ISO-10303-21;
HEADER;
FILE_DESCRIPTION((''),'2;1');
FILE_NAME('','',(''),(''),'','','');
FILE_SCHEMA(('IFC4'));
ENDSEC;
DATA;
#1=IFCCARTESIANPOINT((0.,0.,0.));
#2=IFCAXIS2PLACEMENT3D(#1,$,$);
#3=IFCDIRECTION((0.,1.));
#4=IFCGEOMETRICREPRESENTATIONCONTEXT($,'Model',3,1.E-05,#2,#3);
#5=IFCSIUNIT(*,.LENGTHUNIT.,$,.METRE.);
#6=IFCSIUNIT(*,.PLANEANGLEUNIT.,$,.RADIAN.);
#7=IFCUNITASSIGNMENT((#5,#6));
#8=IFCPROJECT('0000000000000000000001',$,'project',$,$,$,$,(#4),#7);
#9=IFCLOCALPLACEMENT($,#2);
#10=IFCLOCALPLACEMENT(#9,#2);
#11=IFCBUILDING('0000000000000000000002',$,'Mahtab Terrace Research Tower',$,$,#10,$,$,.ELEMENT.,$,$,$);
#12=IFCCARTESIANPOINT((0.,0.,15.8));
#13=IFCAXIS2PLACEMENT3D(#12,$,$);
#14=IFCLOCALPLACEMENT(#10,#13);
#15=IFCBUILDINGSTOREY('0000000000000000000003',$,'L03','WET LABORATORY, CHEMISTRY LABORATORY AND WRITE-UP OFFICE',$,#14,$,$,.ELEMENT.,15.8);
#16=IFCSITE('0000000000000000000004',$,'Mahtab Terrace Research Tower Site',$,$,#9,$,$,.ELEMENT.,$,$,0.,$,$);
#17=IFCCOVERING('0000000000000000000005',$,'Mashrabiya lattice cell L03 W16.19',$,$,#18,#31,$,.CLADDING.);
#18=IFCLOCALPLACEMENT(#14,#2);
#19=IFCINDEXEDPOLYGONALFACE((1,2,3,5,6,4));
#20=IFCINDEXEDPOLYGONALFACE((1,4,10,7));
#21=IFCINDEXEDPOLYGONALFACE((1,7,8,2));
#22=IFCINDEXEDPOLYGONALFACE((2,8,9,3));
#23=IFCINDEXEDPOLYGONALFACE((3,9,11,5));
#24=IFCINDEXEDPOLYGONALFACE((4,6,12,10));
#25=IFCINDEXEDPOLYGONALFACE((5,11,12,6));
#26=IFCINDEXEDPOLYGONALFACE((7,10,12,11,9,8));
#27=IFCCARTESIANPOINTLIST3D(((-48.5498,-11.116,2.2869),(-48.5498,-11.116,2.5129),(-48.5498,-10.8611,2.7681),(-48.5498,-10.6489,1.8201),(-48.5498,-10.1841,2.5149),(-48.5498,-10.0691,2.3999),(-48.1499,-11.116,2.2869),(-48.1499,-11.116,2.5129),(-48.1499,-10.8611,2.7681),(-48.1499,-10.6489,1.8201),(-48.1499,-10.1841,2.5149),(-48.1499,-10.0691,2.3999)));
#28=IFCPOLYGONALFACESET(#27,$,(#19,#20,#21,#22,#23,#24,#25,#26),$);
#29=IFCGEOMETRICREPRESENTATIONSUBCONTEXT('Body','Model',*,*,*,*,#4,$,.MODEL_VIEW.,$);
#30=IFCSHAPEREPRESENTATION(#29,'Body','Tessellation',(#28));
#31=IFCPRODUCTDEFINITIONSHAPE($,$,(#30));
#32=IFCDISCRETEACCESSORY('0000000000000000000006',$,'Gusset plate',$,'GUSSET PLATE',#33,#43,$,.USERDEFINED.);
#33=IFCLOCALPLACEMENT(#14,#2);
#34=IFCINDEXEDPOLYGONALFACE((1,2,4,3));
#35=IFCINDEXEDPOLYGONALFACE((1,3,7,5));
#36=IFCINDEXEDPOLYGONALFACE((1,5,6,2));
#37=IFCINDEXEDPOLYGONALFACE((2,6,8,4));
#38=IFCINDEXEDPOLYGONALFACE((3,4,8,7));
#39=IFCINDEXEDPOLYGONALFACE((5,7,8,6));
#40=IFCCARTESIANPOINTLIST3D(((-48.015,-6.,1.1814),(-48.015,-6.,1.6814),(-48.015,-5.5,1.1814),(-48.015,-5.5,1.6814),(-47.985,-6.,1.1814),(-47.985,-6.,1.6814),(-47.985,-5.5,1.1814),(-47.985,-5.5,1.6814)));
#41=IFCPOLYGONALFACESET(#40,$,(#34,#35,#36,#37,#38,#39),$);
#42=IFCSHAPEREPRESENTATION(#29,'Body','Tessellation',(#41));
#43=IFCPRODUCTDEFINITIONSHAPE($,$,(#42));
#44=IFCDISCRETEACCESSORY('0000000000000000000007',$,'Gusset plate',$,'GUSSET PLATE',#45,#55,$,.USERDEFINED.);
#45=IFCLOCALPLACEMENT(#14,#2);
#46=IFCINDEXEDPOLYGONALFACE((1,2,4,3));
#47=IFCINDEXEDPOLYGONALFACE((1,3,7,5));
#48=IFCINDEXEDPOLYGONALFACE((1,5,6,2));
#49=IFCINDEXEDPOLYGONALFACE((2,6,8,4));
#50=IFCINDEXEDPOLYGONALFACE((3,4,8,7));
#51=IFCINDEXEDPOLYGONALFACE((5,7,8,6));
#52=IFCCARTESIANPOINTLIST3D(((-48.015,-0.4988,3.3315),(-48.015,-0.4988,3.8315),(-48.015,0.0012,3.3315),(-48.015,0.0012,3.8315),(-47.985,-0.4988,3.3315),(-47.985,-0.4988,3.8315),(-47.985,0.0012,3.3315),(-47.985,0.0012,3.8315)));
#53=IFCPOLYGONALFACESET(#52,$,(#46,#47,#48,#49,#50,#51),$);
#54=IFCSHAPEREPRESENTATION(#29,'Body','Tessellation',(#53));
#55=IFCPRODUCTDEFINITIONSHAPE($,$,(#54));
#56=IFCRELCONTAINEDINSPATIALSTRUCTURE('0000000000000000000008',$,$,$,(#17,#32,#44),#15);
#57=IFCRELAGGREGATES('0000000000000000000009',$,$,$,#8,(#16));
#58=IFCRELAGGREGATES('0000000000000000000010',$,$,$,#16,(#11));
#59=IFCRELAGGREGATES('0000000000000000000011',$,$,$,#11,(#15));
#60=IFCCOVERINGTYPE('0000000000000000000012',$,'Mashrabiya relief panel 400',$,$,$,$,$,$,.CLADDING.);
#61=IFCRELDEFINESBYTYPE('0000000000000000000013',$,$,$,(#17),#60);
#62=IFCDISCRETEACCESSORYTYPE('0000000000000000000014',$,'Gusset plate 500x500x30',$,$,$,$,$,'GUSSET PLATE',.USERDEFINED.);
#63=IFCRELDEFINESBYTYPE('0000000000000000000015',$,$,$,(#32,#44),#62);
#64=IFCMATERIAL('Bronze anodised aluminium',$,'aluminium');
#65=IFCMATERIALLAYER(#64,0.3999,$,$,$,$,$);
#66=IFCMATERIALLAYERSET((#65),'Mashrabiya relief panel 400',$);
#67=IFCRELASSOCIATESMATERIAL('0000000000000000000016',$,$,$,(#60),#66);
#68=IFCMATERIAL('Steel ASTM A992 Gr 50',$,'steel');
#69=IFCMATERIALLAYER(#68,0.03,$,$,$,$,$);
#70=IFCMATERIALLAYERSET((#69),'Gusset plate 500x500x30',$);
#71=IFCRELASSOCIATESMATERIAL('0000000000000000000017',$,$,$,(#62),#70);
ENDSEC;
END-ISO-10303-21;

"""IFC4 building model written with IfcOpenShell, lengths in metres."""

from ifc_helpers import new_model, si_unit, direction, frame, origin, origin_2d, place, context, subcontext, project, spatial, polyline, rectangle, outline, extrude, material, layer, layer_set, type_object, element, save


model = new_model("IFC4")

# Units and contexts
model_context = context("Model", 3, precision=1e-05, world=origin(), true_north=direction((0.0, 1.0)))
body_context = subcontext(model_context, "Body", "Model", "MODEL_VIEW")
ifc_project = project(units=[si_unit("LENGTHUNIT", "METRE"), si_unit("PLANEANGLEUNIT", "RADIAN")], contexts=[model_context])

# Site, building, storey
site_placement = place(None, origin())
site = spatial("IfcSite", under=ifc_project, at=site_placement, Name="Mahtab Terrace Research Tower Site", CompositionType="ELEMENT", RefElevation=0.0)
building_placement = place(site_placement, origin())
building = spatial("IfcBuilding", under=site, at=building_placement, Name="Mahtab Terrace Research Tower", CompositionType="ELEMENT")
storey_placement = place(building_placement, frame((0.0, 0.0, 15.8)))
storey = spatial("IfcBuildingStorey", under=building, at=storey_placement, Name="L03", Description="WET LABORATORY, CHEMISTRY LABORATORY AND WRITE-UP OFFICE", CompositionType="ELEMENT", Elevation=15.8)

# Shared definitions
ifc_material_1 = material(Name="Steel ASTM A992 Gr 50", Category="steel")

# Covering
ifc_material_2 = material(Name="Bronze anodised aluminium", Category="aluminium")
ifc_layer_1 = layer(ifc_material_2, 0.3999)
ifc_layer_set_1 = layer_set([ifc_layer_1], Name="Mashrabiya relief panel 400")
covering_type = type_object("IfcCoveringType", Name="Mashrabiya relief panel 400", PredefinedType="CLADDING", material=ifc_layer_set_1)
covering_1_placement = place(storey_placement, frame((-48.1499, -10.6489, 1.8201), z_axis=(1.0, 0.0, 0.0), x_axis=(0.0, 0.707107, 0.707107)))
element("IfcCovering", 1, at=covering_1_placement, inside=storey, type_object=covering_type, Name="Mashrabiya lattice cell L03 W16.19", PredefinedType="CLADDING", context=body_context, shape_type="SweptSolid", body=[
    extrude(outline(polyline([(0.0, 0.0), (0.82, 0.0), (0.82, 0.1626), (0.5203, 0.8204), (0.1597, 0.8202), (-0.0002, 0.6603), (0.0, 0.0)])), origin(), (0.0, 0.0, -1.0), 0.3999),
])

# Discrete accessories
ifc_layer_2 = layer(ifc_material_1, 0.03)
ifc_layer_set_2 = layer_set([ifc_layer_2], Name="Gusset plate 500x500x30")
discrete_accessory_type = type_object("IfcDiscreteAccessoryType", Name="Gusset plate 500x500x30", ElementType="GUSSET PLATE", PredefinedType="USERDEFINED", material=ifc_layer_set_2)
for number, where, z_axis, x_axis, name in (
    (2, (-48.0, -5.75, 1.1814), (0.0, 0.0, 1.0), (0.0, 1.0, 0.0), "Gusset plate"),
    (3, (-48.0, -0.2488, 3.3315), (0.0, 0.0, 1.0), (0.0, 1.0, 0.0), "Gusset plate"),
):
    element("IfcDiscreteAccessory", number, at=place(storey_placement, frame(where, z_axis=z_axis, x_axis=x_axis)), inside=storey, type_object=discrete_accessory_type, Name=name, ObjectType="GUSSET PLATE", PredefinedType="USERDEFINED", context=body_context, shape_type="SweptSolid", body=[
        extrude(rectangle(XDim=0.5, YDim=0.03, at=origin_2d()), origin(), (0.0, 0.0, 1.0), 0.5),
    ])

save(model, "model.ifc")
